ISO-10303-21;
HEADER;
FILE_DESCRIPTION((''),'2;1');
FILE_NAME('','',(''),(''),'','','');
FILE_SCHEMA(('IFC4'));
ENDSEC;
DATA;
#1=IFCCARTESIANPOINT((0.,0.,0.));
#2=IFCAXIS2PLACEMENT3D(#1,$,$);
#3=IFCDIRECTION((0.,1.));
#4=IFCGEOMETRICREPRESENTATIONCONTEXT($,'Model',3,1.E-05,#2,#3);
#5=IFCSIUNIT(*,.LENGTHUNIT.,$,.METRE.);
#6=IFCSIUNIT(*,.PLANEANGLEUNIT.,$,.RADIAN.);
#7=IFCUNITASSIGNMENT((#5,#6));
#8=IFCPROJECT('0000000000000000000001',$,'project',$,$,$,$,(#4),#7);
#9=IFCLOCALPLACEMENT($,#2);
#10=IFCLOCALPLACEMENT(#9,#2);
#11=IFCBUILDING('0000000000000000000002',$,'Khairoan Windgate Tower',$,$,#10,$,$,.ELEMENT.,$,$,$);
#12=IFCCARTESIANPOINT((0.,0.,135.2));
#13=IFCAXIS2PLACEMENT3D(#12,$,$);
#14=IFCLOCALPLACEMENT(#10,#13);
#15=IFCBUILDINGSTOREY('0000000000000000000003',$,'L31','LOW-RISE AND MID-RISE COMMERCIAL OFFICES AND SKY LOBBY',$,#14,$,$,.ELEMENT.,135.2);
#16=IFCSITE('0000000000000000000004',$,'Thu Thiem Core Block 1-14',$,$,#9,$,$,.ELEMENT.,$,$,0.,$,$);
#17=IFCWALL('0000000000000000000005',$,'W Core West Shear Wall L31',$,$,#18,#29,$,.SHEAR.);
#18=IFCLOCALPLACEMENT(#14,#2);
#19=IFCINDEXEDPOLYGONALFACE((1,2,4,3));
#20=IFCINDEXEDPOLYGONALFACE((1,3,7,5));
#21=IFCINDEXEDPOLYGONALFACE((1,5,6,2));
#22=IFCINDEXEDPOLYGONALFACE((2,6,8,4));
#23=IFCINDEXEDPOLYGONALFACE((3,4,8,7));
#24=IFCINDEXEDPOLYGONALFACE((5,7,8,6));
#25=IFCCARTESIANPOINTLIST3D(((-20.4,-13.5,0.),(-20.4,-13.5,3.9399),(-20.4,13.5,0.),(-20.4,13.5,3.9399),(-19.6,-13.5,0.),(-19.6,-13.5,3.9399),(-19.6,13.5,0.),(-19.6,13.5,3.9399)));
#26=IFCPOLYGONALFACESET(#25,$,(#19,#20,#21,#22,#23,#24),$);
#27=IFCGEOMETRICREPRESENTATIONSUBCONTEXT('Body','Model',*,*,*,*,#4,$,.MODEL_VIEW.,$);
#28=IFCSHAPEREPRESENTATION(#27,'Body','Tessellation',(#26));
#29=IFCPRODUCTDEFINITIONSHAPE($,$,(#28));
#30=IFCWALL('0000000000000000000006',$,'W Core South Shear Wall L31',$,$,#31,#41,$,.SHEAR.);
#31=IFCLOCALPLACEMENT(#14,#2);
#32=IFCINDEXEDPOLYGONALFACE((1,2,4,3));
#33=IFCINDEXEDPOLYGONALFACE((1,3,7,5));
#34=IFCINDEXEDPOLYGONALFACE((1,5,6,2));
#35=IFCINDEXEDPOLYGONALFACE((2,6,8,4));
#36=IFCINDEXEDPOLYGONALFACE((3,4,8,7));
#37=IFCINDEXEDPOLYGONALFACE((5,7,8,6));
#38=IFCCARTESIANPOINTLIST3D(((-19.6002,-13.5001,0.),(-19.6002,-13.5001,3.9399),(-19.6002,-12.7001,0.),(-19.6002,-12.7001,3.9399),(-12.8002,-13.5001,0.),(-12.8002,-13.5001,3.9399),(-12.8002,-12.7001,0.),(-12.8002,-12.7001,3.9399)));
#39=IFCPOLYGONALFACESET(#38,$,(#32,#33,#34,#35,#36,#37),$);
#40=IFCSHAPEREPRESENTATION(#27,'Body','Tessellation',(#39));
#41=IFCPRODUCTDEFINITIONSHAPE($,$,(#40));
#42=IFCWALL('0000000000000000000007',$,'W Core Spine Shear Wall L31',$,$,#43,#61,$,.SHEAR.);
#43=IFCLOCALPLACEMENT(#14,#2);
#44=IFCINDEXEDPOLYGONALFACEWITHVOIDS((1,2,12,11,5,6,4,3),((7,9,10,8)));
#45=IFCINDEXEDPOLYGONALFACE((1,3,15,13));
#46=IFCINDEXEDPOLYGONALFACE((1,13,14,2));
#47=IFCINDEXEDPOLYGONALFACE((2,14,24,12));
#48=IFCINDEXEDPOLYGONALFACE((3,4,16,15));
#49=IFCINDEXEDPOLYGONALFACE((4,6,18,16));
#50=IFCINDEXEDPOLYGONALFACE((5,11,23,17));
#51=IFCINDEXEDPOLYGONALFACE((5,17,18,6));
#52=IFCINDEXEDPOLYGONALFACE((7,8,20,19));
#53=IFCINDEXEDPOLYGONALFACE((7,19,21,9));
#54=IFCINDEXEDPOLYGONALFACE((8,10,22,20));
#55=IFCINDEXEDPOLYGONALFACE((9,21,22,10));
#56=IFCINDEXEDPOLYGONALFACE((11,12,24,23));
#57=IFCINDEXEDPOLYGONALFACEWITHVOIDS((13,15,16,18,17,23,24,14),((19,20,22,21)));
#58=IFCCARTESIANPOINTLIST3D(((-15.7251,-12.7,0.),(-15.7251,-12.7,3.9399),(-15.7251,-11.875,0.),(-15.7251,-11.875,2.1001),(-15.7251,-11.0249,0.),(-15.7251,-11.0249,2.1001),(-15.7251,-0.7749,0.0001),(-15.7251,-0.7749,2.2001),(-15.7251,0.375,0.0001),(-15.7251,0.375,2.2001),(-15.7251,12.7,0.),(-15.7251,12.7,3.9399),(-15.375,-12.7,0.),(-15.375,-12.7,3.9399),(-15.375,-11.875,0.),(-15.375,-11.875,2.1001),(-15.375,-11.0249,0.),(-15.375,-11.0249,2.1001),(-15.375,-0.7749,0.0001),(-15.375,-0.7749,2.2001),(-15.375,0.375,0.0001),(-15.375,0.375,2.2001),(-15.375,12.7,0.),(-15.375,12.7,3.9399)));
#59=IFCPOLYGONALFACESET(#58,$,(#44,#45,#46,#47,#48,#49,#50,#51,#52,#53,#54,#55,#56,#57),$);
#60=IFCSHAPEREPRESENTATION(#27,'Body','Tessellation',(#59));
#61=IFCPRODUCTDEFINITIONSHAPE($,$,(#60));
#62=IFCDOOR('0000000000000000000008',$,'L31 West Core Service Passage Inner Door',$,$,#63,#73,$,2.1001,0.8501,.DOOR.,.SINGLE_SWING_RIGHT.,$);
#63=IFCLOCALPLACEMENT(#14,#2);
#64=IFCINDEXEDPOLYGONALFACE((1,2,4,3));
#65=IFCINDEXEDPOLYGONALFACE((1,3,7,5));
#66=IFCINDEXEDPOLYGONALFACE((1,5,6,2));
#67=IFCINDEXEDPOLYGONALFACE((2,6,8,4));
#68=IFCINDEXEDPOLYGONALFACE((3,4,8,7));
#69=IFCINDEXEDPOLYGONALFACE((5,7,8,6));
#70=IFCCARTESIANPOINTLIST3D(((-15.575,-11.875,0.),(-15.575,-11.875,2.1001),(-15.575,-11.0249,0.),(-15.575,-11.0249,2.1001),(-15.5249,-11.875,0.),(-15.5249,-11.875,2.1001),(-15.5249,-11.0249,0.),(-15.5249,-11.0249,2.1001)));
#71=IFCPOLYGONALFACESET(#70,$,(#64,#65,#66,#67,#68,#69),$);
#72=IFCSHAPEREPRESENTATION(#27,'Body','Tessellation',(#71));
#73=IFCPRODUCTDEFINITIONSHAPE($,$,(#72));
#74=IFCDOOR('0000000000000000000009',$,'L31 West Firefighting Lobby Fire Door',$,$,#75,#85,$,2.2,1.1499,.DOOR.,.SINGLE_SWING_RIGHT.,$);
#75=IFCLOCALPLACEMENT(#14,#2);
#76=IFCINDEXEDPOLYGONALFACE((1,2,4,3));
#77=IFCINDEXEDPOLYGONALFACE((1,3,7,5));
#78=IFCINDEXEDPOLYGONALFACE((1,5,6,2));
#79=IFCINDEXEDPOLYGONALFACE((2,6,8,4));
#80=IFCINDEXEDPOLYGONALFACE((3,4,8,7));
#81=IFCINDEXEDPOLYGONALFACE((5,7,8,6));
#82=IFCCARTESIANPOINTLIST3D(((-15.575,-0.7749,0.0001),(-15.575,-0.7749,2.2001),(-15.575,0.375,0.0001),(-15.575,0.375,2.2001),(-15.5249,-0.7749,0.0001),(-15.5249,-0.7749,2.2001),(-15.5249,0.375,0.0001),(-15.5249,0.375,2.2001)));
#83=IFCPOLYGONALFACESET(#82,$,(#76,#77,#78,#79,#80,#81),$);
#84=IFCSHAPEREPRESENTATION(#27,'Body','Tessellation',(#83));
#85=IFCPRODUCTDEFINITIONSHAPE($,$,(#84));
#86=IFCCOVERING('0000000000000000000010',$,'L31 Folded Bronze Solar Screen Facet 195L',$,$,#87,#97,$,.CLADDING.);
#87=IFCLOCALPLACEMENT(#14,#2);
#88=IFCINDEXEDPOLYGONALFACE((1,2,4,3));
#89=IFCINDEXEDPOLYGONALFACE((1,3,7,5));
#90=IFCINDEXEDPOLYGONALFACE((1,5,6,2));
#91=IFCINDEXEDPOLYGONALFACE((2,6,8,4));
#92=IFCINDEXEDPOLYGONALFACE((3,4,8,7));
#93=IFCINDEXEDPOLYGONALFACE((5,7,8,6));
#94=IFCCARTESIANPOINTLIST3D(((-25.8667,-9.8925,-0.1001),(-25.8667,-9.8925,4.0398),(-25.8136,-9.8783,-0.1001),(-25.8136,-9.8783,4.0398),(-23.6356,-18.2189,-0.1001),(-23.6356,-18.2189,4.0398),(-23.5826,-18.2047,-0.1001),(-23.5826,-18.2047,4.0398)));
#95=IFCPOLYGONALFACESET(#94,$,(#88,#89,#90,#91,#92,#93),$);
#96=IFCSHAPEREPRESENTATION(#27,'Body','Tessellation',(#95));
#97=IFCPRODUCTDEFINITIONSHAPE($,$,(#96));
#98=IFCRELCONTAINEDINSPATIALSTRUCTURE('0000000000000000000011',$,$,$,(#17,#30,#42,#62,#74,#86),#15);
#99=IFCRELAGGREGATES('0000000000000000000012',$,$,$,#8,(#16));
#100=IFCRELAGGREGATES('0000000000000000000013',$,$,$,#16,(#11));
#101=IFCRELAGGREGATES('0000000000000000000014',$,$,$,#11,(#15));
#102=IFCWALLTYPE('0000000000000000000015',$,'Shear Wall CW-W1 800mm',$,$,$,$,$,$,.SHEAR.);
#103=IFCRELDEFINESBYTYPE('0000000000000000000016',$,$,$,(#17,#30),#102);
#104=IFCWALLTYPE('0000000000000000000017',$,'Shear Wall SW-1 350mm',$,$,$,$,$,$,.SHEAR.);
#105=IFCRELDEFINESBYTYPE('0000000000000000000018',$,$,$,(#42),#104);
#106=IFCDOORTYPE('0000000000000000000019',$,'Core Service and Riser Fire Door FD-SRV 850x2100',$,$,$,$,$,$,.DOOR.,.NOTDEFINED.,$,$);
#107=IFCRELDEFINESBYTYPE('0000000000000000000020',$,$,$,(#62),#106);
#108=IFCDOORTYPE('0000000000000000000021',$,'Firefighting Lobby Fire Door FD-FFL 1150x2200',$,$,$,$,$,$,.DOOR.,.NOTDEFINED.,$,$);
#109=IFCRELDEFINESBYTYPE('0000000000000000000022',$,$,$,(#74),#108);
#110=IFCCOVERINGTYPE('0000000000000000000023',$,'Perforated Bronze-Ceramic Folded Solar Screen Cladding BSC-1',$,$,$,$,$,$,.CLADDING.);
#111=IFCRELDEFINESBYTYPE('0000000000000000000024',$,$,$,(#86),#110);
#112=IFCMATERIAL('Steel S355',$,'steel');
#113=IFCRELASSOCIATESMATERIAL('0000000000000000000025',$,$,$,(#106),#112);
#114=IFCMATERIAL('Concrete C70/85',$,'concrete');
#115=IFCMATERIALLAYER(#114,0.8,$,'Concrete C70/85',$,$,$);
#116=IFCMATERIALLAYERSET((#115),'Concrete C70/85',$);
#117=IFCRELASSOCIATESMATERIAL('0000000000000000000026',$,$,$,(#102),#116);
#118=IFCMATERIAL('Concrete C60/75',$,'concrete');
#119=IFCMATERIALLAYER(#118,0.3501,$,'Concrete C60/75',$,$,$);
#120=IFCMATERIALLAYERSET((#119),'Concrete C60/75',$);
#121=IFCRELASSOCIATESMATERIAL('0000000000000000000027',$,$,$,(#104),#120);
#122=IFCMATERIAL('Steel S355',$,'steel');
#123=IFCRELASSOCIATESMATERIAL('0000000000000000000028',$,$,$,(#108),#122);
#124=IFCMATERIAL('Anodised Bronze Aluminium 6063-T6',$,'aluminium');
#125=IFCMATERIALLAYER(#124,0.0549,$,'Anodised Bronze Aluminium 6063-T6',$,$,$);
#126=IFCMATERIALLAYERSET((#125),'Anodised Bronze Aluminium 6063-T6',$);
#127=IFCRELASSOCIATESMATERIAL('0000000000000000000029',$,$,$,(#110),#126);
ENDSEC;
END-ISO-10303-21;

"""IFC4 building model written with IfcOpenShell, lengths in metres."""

from ifc_helpers import new_model, si_unit, direction, frame, frame_2d, origin, origin_2d, place, context, subcontext, project, spatial, rectangle, extrude, material, layer, layer_set, type_object, element, fill, save


model = new_model("IFC4")

# Units and contexts
model_context = context("Model", 3, precision=1e-05, world=origin(), true_north=direction((0.0, 1.0)))
body_context = subcontext(model_context, "Body", "Model", "MODEL_VIEW")
ifc_project = project(units=[si_unit("LENGTHUNIT", "METRE"), si_unit("PLANEANGLEUNIT", "RADIAN")], contexts=[model_context])

# Site, building, storey
site_placement = place(None, origin())
site = spatial("IfcSite", under=ifc_project, at=site_placement, Name="Thu Thiem Core Block 1-14", CompositionType="ELEMENT", RefElevation=0.0)
building_placement = place(site_placement, origin())
building = spatial("IfcBuilding", under=site, at=building_placement, Name="Khairoan Windgate Tower", CompositionType="ELEMENT")
storey_placement = place(building_placement, frame((0.0, 0.0, 135.2)))
storey = spatial("IfcBuildingStorey", under=building, at=storey_placement, Name="L31", Description="LOW-RISE AND MID-RISE COMMERCIAL OFFICES AND SKY LOBBY", CompositionType="ELEMENT", Elevation=135.2)

# Shared definitions
ifc_material_1 = material(Name="Steel S355", Category="steel")
door_type_1 = type_object("IfcDoorType", Name="Core Service and Riser Fire Door FD-SRV 850x2100", OperationType="NOTDEFINED", PredefinedType="DOOR", material=ifc_material_1)

# Walls
ifc_material_2 = material(Name="Concrete C70/85", Category="concrete")
ifc_layer_1 = layer(ifc_material_2, 0.8, Name="Concrete C70/85")
ifc_layer_set_1 = layer_set([ifc_layer_1], Name="Concrete C70/85")
wall_type_1 = type_object("IfcWallType", Name="Shear Wall CW-W1 800mm", PredefinedType="SHEAR", material=ifc_layer_set_1)
wall_1_placement = place(storey_placement, frame((-20.0, -13.5, 0.0), z_axis=(0.0, 0.0, 1.0), x_axis=(0.0, 1.0, 0.0)))
element("IfcWall", 1, at=wall_1_placement, inside=storey, type_object=wall_type_1, Name="W Core West Shear Wall L31", PredefinedType="SHEAR", context=body_context, shape_type="SweptSolid", body=[
    extrude(rectangle(XDim=27.0, YDim=0.8, at=frame_2d((13.5, 0.0))), origin(), (0.0, 0.0, 1.0), 3.9399),
])
wall_2_placement = place(storey_placement, frame((-19.6001, -13.1001, 0.0), z_axis=(0.0, 0.0, 1.0), x_axis=(1.0, 0.0, 0.0)))
element("IfcWall", 2, at=wall_2_placement, inside=storey, type_object=wall_type_1, Name="W Core South Shear Wall L31", PredefinedType="SHEAR", context=body_context, shape_type="SweptSolid", body=[
    extrude(rectangle(XDim=6.8, YDim=0.8, at=frame_2d((3.3999, 0.0))), origin(), (0.0, 0.0, 1.0), 3.9399),
])

# Wall, openings, doors
ifc_material_3 = material(Name="Concrete C60/75", Category="concrete")
ifc_layer_2 = layer(ifc_material_3, 0.3501, Name="Concrete C60/75")
ifc_layer_set_2 = layer_set([ifc_layer_2], Name="Concrete C60/75")
wall_type_2 = type_object("IfcWallType", Name="Shear Wall SW-1 350mm", PredefinedType="SHEAR", material=ifc_layer_set_2)
wall_3_placement = place(storey_placement, frame((-15.55, -12.7, 0.0), z_axis=(0.0, 0.0, 1.0), x_axis=(0.0, 1.0, 0.0)))
wall_3 = element("IfcWall", 3, at=wall_3_placement, inside=storey, type_object=wall_type_2, Name="W Core Spine Shear Wall L31", PredefinedType="SHEAR", context=body_context, shape_type="SweptSolid", body=[
    extrude(rectangle(XDim=25.3999, YDim=0.3501, at=frame_2d((12.7, 0.0))), origin(), (0.0, 0.0, 1.0), 3.9399),
])
opening_1_placement = place(wall_3_placement, frame((11.925, 0.0, 0.0)))
opening_1 = element("IfcOpeningElement", 4, at=opening_1_placement, cuts=wall_3, PredefinedType="OPENING", context=body_context, shape_type="SweptSolid", body=[
    extrude(rectangle(XDim=1.1499, YDim=2.2, at=frame_2d((0.575, 1.1001))), frame((0.0, 0.1851, 0.0), z_axis=(0.0, -1.0, 0.0), x_axis=(1.0, 0.0, 0.0)), (0.0, 0.0, 1.0), 0.3701),
])
opening_2_placement = place(wall_3_placement, frame((0.825, 0.0, 0.0)))
opening_2 = element("IfcOpeningElement", 5, at=opening_2_placement, cuts=wall_3, PredefinedType="OPENING", context=body_context, shape_type="SweptSolid", body=[
    extrude(rectangle(XDim=0.8501, YDim=2.1001, at=frame_2d((0.425, 1.05))), frame((0.0, 0.1851, 0.0), z_axis=(0.0, -1.0, 0.0), x_axis=(1.0, 0.0, 0.0)), (0.0, 0.0, 1.0), 0.3701),
])
door_1_placement = place(opening_2_placement, origin())
door_1 = element("IfcDoor", 6, at=door_1_placement, inside=storey, type_object=door_type_1, Name="L31 West Core Service Passage Inner Door", OperationType="SINGLE_SWING_RIGHT", OverallHeight=2.1001, OverallWidth=0.8501, PredefinedType="DOOR", context=body_context, shape_type="SweptSolid", body=[
    extrude(rectangle(XDim=0.8501, YDim=2.1001, at=frame_2d((0.425, 1.05))), frame((0.0, 0.0249, 0.0), z_axis=(0.0, -1.0, 0.0), x_axis=(1.0, 0.0, 0.0)), (0.0, 0.0, 1.0), 0.05),
])
fill(opening_2, door_1)
ifc_material_4 = material(Name="Steel S355", Category="steel")
door_type_2 = type_object("IfcDoorType", Name="Firefighting Lobby Fire Door FD-FFL 1150x2200", OperationType="NOTDEFINED", PredefinedType="DOOR", material=ifc_material_4)
door_2_placement = place(opening_1_placement, origin())
door_2 = element("IfcDoor", 7, at=door_2_placement, inside=storey, type_object=door_type_2, Name="L31 West Firefighting Lobby Fire Door", OperationType="SINGLE_SWING_RIGHT", OverallHeight=2.2, OverallWidth=1.1499, PredefinedType="DOOR", context=body_context, shape_type="SweptSolid", body=[
    extrude(rectangle(XDim=1.1499, YDim=2.2, at=frame_2d((0.575, 1.1001))), frame((0.0, 0.0249, 0.0), z_axis=(0.0, -1.0, 0.0), x_axis=(1.0, 0.0, 0.0)), (0.0, 0.0, 1.0), 0.05),
])
fill(opening_1, door_2)

# Covering
ifc_material_5 = material(Name="Anodised Bronze Aluminium 6063-T6", Category="aluminium")
ifc_layer_3 = layer(ifc_material_5, 0.0549, Name="Anodised Bronze Aluminium 6063-T6")
ifc_layer_set_3 = layer_set([ifc_layer_3], Name="Anodised Bronze Aluminium 6063-T6")
covering_type = type_object("IfcCoveringType", Name="Perforated Bronze-Ceramic Folded Solar Screen Cladding BSC-1", PredefinedType="CLADDING", material=ifc_layer_set_3)
covering_placement = place(storey_placement, frame((-24.7246, -14.0486, -0.1001), z_axis=(0.0, 0.0, 1.0), x_axis=(-0.258819, 0.965926, 0.0)))
element("IfcCovering", 8, at=covering_placement, inside=storey, type_object=covering_type, Name="L31 Folded Bronze Solar Screen Facet 195L", PredefinedType="CLADDING", context=body_context, shape_type="SweptSolid", body=[
    extrude(rectangle(XDim=8.6201, YDim=0.0549, at=origin_2d()), origin(), (0.0, 0.0, 1.0), 4.1399),
])

save(model, "model.ifc")
